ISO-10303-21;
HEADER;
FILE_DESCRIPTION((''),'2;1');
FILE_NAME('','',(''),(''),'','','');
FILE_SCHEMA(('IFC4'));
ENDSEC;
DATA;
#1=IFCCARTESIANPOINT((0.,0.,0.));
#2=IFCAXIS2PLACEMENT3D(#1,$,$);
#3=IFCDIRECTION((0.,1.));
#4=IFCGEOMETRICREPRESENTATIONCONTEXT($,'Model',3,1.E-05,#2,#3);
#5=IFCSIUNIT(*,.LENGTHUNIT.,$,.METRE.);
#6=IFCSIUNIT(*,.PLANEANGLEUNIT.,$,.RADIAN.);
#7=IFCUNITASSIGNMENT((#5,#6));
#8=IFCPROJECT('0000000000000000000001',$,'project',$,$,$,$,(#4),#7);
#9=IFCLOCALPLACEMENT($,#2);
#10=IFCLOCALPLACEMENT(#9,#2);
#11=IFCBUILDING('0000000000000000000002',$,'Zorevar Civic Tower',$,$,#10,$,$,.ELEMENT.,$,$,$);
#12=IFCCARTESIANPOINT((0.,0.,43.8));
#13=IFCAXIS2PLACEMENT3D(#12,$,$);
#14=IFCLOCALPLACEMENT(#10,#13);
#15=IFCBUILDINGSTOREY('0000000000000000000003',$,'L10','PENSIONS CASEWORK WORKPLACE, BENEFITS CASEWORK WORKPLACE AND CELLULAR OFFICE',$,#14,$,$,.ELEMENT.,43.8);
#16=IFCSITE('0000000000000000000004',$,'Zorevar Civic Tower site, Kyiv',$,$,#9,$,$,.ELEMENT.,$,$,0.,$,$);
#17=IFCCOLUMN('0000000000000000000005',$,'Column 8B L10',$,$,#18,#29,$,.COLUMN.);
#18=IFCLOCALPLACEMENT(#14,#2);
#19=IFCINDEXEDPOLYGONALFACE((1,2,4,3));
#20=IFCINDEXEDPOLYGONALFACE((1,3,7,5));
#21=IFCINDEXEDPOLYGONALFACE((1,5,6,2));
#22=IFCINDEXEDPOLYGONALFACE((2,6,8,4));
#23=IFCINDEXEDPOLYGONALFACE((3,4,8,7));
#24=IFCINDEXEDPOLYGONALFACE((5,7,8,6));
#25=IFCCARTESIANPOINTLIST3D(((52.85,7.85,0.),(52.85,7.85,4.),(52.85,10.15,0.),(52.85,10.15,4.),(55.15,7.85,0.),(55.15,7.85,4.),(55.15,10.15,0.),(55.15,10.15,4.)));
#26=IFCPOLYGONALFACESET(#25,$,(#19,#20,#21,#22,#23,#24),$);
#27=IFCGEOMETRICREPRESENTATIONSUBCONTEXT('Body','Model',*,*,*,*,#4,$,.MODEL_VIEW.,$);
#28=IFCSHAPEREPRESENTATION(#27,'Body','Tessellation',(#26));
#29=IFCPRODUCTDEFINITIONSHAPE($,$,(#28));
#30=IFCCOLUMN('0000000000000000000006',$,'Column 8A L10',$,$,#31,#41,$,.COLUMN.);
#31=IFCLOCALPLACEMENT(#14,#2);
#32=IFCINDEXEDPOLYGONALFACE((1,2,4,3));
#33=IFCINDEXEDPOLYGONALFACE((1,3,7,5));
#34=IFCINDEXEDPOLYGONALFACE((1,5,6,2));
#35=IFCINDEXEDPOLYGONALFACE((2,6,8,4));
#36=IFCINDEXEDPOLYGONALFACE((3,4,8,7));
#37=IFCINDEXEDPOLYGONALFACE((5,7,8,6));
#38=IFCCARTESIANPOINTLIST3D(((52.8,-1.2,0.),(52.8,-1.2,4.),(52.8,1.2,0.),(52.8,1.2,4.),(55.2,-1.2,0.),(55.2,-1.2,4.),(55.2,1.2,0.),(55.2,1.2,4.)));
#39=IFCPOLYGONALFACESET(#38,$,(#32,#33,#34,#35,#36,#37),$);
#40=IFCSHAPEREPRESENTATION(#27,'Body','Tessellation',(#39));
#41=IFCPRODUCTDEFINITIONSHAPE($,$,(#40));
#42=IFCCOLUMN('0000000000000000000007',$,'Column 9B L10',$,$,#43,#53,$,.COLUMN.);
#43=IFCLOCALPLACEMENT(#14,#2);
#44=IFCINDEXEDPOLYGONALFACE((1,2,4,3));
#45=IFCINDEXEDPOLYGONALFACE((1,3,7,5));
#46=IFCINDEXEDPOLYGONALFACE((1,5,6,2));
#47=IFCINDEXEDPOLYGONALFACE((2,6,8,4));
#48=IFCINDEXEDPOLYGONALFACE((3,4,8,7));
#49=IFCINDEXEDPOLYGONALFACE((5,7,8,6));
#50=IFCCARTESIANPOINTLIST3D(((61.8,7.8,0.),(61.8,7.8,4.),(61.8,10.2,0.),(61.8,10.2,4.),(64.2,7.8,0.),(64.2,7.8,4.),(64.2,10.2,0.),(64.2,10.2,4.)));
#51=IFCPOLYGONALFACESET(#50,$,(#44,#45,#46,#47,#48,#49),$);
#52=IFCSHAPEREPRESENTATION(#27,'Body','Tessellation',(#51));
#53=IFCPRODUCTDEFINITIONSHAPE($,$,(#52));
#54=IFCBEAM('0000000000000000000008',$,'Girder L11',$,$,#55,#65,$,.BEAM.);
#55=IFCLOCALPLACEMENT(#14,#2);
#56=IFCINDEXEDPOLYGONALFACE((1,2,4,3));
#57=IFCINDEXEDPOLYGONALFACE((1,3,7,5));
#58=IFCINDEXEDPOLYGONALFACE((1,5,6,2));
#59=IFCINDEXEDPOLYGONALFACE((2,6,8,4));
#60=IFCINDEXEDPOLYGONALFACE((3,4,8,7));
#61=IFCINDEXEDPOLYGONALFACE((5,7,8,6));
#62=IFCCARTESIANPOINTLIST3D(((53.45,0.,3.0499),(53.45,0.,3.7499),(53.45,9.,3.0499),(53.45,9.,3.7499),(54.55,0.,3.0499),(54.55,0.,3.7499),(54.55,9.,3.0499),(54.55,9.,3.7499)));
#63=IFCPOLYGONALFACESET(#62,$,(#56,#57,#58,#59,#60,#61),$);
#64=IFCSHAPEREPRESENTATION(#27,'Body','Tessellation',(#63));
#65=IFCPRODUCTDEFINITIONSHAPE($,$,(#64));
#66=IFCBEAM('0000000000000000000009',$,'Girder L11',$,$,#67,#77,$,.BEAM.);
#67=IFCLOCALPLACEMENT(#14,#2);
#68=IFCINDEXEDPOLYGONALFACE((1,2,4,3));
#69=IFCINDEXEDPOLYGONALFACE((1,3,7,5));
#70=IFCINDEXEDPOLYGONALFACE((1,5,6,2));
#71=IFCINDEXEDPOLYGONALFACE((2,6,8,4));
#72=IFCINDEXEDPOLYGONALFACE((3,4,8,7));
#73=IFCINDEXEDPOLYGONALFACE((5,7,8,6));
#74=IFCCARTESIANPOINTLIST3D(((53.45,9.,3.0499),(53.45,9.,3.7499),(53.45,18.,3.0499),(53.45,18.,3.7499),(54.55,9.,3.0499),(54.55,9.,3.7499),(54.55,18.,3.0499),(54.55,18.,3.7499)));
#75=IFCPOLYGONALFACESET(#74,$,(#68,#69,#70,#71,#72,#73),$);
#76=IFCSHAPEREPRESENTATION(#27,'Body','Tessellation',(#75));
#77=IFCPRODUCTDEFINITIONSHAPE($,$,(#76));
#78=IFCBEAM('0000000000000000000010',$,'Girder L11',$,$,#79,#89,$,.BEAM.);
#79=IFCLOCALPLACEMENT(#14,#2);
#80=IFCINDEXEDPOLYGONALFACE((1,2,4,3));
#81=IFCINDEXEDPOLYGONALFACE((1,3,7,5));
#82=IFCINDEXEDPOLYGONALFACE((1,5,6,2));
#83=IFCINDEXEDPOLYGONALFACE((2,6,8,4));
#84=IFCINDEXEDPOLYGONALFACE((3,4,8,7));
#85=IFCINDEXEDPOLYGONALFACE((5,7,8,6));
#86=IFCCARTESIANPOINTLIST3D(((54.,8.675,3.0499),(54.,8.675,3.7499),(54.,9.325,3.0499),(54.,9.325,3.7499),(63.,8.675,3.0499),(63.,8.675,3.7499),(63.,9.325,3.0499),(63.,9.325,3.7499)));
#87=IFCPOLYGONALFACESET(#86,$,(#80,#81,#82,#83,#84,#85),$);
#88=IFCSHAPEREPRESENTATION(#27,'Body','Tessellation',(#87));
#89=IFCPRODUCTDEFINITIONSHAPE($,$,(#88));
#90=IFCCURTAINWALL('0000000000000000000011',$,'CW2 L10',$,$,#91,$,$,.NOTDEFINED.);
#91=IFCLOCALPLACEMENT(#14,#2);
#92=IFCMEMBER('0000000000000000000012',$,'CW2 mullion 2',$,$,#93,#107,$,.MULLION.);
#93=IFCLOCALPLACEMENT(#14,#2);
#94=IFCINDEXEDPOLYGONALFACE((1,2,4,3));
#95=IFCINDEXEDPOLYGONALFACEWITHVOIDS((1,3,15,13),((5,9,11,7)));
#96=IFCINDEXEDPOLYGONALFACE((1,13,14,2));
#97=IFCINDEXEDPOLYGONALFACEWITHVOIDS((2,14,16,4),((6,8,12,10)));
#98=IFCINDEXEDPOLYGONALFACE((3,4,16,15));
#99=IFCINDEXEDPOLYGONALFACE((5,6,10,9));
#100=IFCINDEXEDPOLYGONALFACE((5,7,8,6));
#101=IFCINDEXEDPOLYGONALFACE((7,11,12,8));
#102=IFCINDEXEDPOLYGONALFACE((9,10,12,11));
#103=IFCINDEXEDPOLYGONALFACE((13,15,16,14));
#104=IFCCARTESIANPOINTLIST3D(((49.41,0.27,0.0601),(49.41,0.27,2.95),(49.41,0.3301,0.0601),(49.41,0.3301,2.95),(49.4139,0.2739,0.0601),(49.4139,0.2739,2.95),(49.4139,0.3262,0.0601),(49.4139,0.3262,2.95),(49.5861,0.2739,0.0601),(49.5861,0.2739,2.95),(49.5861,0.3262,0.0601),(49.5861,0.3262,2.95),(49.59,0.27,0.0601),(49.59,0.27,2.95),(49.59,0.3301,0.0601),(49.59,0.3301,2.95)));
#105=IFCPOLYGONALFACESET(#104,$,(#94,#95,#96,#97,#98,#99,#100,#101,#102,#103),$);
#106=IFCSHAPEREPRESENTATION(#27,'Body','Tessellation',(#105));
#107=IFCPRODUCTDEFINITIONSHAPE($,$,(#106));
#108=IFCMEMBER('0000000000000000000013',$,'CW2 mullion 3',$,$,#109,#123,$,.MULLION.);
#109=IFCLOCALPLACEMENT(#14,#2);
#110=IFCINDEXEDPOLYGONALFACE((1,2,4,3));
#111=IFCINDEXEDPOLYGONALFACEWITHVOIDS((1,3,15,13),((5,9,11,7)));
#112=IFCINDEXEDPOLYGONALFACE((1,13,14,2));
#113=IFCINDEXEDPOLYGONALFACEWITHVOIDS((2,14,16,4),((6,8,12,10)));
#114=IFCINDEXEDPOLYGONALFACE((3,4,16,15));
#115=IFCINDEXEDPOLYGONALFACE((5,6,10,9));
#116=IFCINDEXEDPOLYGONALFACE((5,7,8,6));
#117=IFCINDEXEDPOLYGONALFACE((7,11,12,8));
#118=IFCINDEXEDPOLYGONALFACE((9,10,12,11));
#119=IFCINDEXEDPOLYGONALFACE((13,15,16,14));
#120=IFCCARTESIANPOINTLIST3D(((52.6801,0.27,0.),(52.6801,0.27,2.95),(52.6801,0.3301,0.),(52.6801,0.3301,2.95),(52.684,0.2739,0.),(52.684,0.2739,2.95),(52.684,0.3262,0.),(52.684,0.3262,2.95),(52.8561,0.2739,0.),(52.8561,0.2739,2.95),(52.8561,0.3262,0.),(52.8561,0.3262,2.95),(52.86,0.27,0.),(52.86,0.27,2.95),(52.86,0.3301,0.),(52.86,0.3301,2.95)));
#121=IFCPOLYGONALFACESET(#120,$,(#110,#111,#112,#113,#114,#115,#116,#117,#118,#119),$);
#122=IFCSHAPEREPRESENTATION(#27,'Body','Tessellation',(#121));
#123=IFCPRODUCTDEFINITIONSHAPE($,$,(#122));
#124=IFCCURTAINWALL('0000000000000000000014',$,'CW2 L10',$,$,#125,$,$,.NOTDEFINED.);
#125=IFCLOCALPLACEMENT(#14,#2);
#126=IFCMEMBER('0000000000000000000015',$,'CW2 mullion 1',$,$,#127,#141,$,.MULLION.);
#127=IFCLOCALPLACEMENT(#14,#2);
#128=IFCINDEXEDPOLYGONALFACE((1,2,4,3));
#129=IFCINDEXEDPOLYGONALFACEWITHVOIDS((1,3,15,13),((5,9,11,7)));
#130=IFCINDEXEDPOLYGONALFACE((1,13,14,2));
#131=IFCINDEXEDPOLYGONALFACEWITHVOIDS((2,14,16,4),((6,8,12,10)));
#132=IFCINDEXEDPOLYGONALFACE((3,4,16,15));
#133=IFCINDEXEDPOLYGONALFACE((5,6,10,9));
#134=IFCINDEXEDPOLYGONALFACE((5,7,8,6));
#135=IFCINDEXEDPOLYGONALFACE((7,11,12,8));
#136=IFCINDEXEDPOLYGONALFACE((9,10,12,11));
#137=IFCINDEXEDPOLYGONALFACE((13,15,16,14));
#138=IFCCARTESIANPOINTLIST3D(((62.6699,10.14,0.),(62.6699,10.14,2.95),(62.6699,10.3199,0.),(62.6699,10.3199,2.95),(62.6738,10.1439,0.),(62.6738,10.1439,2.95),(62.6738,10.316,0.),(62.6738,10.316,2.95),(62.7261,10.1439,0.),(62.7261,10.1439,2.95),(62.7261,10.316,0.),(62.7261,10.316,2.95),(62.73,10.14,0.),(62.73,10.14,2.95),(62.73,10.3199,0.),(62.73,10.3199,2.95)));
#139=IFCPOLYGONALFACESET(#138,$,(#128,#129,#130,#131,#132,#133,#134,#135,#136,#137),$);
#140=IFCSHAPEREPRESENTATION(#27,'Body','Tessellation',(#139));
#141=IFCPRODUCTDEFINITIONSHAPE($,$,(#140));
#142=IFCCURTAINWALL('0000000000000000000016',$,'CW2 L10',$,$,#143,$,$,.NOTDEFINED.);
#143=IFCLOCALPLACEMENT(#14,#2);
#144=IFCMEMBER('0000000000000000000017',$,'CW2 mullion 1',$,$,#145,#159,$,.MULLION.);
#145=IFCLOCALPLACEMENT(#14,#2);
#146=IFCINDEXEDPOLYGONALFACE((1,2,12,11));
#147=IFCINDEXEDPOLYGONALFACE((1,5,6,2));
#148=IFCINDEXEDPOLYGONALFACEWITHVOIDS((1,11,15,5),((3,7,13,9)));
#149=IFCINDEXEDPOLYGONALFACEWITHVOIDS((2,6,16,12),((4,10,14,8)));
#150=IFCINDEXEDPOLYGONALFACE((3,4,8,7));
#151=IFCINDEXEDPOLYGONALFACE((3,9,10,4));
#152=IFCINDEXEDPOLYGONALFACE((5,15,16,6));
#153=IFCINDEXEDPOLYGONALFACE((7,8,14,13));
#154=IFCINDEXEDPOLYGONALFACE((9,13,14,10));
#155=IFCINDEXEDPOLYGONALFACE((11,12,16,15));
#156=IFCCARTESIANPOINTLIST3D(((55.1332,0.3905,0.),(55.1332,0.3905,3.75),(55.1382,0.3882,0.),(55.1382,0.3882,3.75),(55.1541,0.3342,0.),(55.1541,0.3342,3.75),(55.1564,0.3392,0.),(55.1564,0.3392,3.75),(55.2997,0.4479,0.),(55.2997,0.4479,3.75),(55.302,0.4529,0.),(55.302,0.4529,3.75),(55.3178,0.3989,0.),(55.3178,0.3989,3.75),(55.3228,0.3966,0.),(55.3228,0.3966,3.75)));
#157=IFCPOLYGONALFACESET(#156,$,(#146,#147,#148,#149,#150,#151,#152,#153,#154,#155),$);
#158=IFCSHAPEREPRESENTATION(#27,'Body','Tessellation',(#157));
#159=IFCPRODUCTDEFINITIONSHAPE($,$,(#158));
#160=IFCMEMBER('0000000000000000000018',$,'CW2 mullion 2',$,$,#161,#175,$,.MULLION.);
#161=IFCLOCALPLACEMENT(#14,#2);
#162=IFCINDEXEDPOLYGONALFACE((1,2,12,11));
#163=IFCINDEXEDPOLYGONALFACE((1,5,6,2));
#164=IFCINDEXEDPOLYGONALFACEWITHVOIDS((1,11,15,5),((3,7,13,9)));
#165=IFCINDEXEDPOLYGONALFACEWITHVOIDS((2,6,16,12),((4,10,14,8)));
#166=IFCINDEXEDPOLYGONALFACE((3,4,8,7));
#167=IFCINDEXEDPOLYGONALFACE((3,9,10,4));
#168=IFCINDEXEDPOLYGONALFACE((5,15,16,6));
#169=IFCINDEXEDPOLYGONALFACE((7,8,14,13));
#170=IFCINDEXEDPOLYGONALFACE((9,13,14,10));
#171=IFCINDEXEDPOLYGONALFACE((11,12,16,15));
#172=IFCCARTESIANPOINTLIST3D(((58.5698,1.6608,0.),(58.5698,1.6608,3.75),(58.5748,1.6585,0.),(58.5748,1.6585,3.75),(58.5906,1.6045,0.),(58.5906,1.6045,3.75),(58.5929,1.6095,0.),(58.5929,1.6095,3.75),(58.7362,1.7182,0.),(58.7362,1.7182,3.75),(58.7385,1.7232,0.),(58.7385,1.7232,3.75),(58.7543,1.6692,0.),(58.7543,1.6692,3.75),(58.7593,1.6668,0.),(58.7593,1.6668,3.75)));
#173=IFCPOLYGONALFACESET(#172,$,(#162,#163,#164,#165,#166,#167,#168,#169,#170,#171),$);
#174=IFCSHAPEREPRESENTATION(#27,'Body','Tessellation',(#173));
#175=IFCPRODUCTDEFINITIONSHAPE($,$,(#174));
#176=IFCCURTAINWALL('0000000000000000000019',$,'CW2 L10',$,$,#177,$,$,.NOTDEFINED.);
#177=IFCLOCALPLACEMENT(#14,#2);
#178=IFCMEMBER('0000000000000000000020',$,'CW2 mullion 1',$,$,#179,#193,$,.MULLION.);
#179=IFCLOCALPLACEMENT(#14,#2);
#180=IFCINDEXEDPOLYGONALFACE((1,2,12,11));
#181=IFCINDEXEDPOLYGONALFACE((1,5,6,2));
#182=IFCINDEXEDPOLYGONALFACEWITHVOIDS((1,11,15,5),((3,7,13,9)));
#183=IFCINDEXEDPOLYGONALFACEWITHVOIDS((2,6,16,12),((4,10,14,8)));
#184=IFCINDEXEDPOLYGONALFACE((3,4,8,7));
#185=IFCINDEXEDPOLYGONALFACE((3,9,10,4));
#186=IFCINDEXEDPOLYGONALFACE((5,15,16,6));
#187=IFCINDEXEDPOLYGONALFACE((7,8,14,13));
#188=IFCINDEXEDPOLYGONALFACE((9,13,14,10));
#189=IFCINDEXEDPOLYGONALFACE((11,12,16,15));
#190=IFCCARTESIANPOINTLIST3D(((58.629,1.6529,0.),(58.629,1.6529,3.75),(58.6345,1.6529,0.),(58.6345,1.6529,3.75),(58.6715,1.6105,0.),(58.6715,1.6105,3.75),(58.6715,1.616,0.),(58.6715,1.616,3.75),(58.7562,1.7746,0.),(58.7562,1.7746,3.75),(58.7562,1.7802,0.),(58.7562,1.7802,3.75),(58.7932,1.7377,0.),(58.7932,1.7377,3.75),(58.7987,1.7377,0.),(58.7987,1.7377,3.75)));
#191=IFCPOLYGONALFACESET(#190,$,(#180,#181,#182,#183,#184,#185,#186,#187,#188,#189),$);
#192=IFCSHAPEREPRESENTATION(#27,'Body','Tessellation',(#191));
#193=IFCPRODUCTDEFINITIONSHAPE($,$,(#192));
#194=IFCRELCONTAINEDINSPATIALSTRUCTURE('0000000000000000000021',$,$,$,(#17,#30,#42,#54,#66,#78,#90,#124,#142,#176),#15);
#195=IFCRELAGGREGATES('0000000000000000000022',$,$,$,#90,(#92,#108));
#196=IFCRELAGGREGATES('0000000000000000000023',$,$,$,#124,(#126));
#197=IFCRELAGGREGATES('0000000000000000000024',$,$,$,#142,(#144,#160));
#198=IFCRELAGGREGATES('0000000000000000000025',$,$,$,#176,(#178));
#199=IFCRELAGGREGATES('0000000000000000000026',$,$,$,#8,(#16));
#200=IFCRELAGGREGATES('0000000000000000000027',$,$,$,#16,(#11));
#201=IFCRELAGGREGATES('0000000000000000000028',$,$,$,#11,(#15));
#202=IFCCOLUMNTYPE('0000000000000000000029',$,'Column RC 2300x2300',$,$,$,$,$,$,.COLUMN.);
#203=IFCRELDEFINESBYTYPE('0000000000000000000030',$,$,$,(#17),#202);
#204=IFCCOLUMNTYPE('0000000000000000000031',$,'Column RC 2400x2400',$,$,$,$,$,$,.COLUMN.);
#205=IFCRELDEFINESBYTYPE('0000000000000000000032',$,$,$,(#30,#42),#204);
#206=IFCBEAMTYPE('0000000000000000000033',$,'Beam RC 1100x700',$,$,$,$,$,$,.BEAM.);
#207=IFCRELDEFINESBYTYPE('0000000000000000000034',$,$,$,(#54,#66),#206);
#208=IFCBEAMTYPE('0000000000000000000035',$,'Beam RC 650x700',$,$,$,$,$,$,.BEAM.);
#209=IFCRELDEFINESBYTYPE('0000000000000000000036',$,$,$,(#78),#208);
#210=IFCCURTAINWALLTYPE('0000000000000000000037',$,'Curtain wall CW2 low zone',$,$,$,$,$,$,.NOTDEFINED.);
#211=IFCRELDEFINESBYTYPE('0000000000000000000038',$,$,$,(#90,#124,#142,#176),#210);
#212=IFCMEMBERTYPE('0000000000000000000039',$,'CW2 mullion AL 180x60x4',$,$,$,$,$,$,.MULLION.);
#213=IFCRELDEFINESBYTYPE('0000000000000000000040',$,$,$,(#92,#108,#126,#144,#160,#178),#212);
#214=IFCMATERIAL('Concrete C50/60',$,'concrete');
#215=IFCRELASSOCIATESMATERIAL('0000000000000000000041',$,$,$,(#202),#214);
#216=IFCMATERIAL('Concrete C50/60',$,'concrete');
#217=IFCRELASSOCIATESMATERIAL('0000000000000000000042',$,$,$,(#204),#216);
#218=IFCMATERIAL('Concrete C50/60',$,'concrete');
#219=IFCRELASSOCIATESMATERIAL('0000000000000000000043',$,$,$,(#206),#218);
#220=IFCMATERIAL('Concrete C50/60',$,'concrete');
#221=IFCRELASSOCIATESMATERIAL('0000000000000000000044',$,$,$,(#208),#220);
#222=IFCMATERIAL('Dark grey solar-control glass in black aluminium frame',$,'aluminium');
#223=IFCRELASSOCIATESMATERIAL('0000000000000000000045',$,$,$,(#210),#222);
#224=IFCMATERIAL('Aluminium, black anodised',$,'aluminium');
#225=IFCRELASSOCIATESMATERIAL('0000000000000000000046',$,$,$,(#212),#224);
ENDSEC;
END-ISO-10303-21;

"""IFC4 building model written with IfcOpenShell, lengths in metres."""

from ifc_helpers import new_model, si_unit, direction, frame, origin, origin_2d, place, context, subcontext, project, spatial, rectangle, hollow_rectangle, extrude, material, material_profile, profile_set, type_object, element, aggregate, save


model = new_model("IFC4")

# Units and contexts
model_context = context("Model", 3, precision=1e-05, world=origin(), true_north=direction((0.0, 1.0)))
body_context = subcontext(model_context, "Body", "Model", "MODEL_VIEW")
ifc_project = project(units=[si_unit("LENGTHUNIT", "METRE"), si_unit("PLANEANGLEUNIT", "RADIAN")], contexts=[model_context])

# Site, building, storey
site_placement = place(None, origin())
site = spatial("IfcSite", under=ifc_project, at=site_placement, Name="Zorevar Civic Tower site, Kyiv", CompositionType="ELEMENT", RefElevation=0.0)
building_placement = place(site_placement, origin())
building = spatial("IfcBuilding", under=site, at=building_placement, Name="Zorevar Civic Tower", CompositionType="ELEMENT")
storey_placement = place(building_placement, frame((0.0, 0.0, 43.8)))
storey = spatial("IfcBuildingStorey", under=building, at=storey_placement, Name="L10", Description="PENSIONS CASEWORK WORKPLACE, BENEFITS CASEWORK WORKPLACE AND CELLULAR OFFICE", CompositionType="ELEMENT", Elevation=43.8)

# Columns
ifc_material_1 = material(Name="Concrete C50/60", Category="concrete")
ifc_material_profile_1 = material_profile(ifc_material_1, rectangle(XDim=2.3, YDim=2.3, at=origin_2d()), Name="RC 2300x2300")
ifc_profile_set_1 = profile_set([ifc_material_profile_1], Name="Concrete C50/60")
column_type_1 = type_object("IfcColumnType", Name="Column RC 2300x2300", PredefinedType="COLUMN", material=ifc_profile_set_1)
column_placement = place(storey_placement, frame((54.0, 9.0, 0.0), z_axis=(0.0, 0.0, 1.0), x_axis=(1.0, 0.0, 0.0)))
element("IfcColumn", 1, at=column_placement, inside=storey, type_object=column_type_1, Name="Column 8B L10", PredefinedType="COLUMN", context=body_context, shape_type="SweptSolid", body=[
    extrude(rectangle(XDim=2.3, YDim=2.3, at=origin_2d()), origin(), (0.0, 0.0, 1.0), 4.0),
])
ifc_material_2 = material(Name="Concrete C50/60", Category="concrete")
ifc_material_profile_2 = material_profile(ifc_material_2, rectangle(XDim=2.3999, YDim=2.3999, at=origin_2d()), Name="RC 2400x2400")
ifc_profile_set_2 = profile_set([ifc_material_profile_2], Name="Concrete C50/60")
column_type_2 = type_object("IfcColumnType", Name="Column RC 2400x2400", PredefinedType="COLUMN", material=ifc_profile_set_2)
for number, where, z_axis, x_axis, name in (
    (2, (54.0, 0.0, 0.0), (0.0, 0.0, 1.0), (1.0, 0.0, 0.0), "Column 8A L10"),
    (3, (63.0, 9.0, 0.0), (0.0, 0.0, 1.0), (1.0, 0.0, 0.0), "Column 9B L10"),
):
    element("IfcColumn", number, at=place(storey_placement, frame(where, z_axis=z_axis, x_axis=x_axis)), inside=storey, type_object=column_type_2, Name=name, PredefinedType="COLUMN", context=body_context, shape_type="SweptSolid", body=[
        extrude(rectangle(XDim=2.3999, YDim=2.3999, at=origin_2d()), origin(), (0.0, 0.0, 1.0), 4.0),
    ])

# Beams
ifc_material_3 = material(Name="Concrete C50/60", Category="concrete")
ifc_material_profile_3 = material_profile(ifc_material_3, rectangle(XDim=1.1001, YDim=0.7, at=origin_2d()), Name="RC 1100x700")
ifc_profile_set_3 = profile_set([ifc_material_profile_3], Name="Concrete C50/60")
beam_type_1 = type_object("IfcBeamType", Name="Beam RC 1100x700", PredefinedType="BEAM", material=ifc_profile_set_3)
for number, where, z_axis, x_axis, name in (
    (4, (54.0, 0.0, 3.3999), (0.0, 1.0, 0.0), (-1.0, 0.0, 0.0), "Girder L11"),
    (5, (54.0, 9.0, 3.3999), (0.0, 1.0, 0.0), (-1.0, 0.0, 0.0), "Girder L11"),
):
    element("IfcBeam", number, at=place(storey_placement, frame(where, z_axis=z_axis, x_axis=x_axis)), inside=storey, type_object=beam_type_1, Name=name, PredefinedType="BEAM", context=body_context, shape_type="SweptSolid", body=[
        extrude(rectangle(XDim=1.1001, YDim=0.7, at=origin_2d()), origin(), (0.0, 0.0, 1.0), 9.0),
    ])
ifc_material_4 = material(Name="Concrete C50/60", Category="concrete")
ifc_material_profile_4 = material_profile(ifc_material_4, rectangle(XDim=0.6499, YDim=0.7, at=origin_2d()), Name="RC 650x700")
ifc_profile_set_4 = profile_set([ifc_material_profile_4], Name="Concrete C50/60")
beam_type_2 = type_object("IfcBeamType", Name="Beam RC 650x700", PredefinedType="BEAM", material=ifc_profile_set_4)
beam_1_placement = place(storey_placement, frame((54.0, 9.0, 3.3999), z_axis=(1.0, 0.0, 0.0), x_axis=(0.0, 1.0, 0.0)))
element("IfcBeam", 6, at=beam_1_placement, inside=storey, type_object=beam_type_2, Name="Girder L11", PredefinedType="BEAM", context=body_context, shape_type="SweptSolid", body=[
    extrude(rectangle(XDim=0.6499, YDim=0.7, at=origin_2d()), origin(), (0.0, 0.0, 1.0), 9.0),
])

# Curtain wall, members
ifc_material_5 = material(Name="Dark grey solar-control glass in black aluminium frame", Category="aluminium")
curtain_wall_type = type_object("IfcCurtainWallType", Name="Curtain wall CW2 low zone", PredefinedType="NOTDEFINED", material=ifc_material_5)
curtain_wall_1_placement = place(storey_placement, origin())
curtain_wall_1 = element("IfcCurtainWall", 7, at=curtain_wall_1_placement, inside=storey, type_object=curtain_wall_type, Name="CW2 L10", PredefinedType="NOTDEFINED")
ifc_material_6 = material(Name="Aluminium, black anodised", Category="aluminium")
ifc_material_profile_5 = material_profile(ifc_material_6, hollow_rectangle(XDim=0.0601, YDim=0.1799, WallThickness=0.0039, at=origin_2d()), Name="AL 180x60x4")
ifc_profile_set_5 = profile_set([ifc_material_profile_5], Name="Aluminium, black anodised")
member_type_1 = type_object("IfcMemberType", Name="CW2 mullion AL 180x60x4", PredefinedType="MULLION", material=ifc_profile_set_5)
member_1_placement = place(storey_placement, frame((49.5, 0.3, 0.0601), z_axis=(0.0, 0.0, 1.0), x_axis=(0.0, 1.0, 0.0)))
member_1 = element("IfcMember", 8, at=member_1_placement, type_object=member_type_1, Name="CW2 mullion 2", PredefinedType="MULLION", context=body_context, shape_type="SweptSolid", body=[
    extrude(hollow_rectangle(XDim=0.0601, YDim=0.1799, WallThickness=0.0039, at=origin_2d()), origin(), (0.0, 0.0, 1.0), 2.8899),
])
member_2_placement = place(storey_placement, frame((52.77, 0.3, 0.0), z_axis=(0.0, 0.0, 1.0), x_axis=(0.0, 1.0, 0.0)))
member_2 = element("IfcMember", 9, at=member_2_placement, type_object=member_type_1, Name="CW2 mullion 3", PredefinedType="MULLION", context=body_context, shape_type="SweptSolid", body=[
    extrude(hollow_rectangle(XDim=0.0601, YDim=0.1799, WallThickness=0.0039, at=origin_2d()), origin(), (0.0, 0.0, 1.0), 2.95),
])

# Curtain wall, member
curtain_wall_2_placement = place(storey_placement, origin())
curtain_wall_2 = element("IfcCurtainWall", 10, at=curtain_wall_2_placement, inside=storey, type_object=curtain_wall_type, Name="CW2 L10", PredefinedType="NOTDEFINED")
member_3_placement = place(storey_placement, frame((62.7, 10.23, 0.0), z_axis=(0.0, 0.0, 1.0), x_axis=(-1.0, 0.0, 0.0)))
member_3 = element("IfcMember", 11, at=member_3_placement, type_object=member_type_1, Name="CW2 mullion 1", PredefinedType="MULLION", context=body_context, shape_type="SweptSolid", body=[
    extrude(hollow_rectangle(XDim=0.0601, YDim=0.1799, WallThickness=0.0039, at=origin_2d()), origin(), (0.0, 0.0, 1.0), 2.95),
])

# Curtain walls, members
curtain_wall_3_placement = place(storey_placement, origin())
curtain_wall_3 = element("IfcCurtainWall", 12, at=curtain_wall_3_placement, inside=storey, type_object=curtain_wall_type, Name="CW2 L10", PredefinedType="NOTDEFINED")
member_4_placement = place(storey_placement, frame((55.228, 0.3936, 0.0), z_axis=(0.0, 0.0, 1.0), x_axis=(-0.346704, 0.937975, 0.0)))
member_4 = element("IfcMember", 13, at=member_4_placement, type_object=member_type_1, Name="CW2 mullion 1", PredefinedType="MULLION", context=body_context, shape_type="SweptSolid", body=[
    extrude(hollow_rectangle(XDim=0.0601, YDim=0.1799, WallThickness=0.0039, at=origin_2d()), origin(), (0.0, 0.0, 1.0), 3.75),
])
member_5_placement = place(storey_placement, frame((58.6646, 1.6638, 0.0), z_axis=(0.0, 0.0, 1.0), x_axis=(-0.346704, 0.937975, 0.0)))
member_5 = element("IfcMember", 14, at=member_5_placement, type_object=member_type_1, Name="CW2 mullion 2", PredefinedType="MULLION", context=body_context, shape_type="SweptSolid", body=[
    extrude(hollow_rectangle(XDim=0.0601, YDim=0.1799, WallThickness=0.0039, at=origin_2d()), origin(), (0.0, 0.0, 1.0), 3.75),
])
curtain_wall_4_placement = place(storey_placement, origin())
curtain_wall_4 = element("IfcCurtainWall", 15, at=curtain_wall_4_placement, inside=storey, type_object=curtain_wall_type, Name="CW2 L10", PredefinedType="NOTDEFINED")
member_6_placement = place(storey_placement, frame((58.7139, 1.6953, 0.0), z_axis=(0.0, 0.0, 1.0), x_axis=(-0.707107, 0.707107, 0.0)))
member_6 = element("IfcMember", 16, at=member_6_placement, type_object=member_type_1, Name="CW2 mullion 1", PredefinedType="MULLION", context=body_context, shape_type="SweptSolid", body=[
    extrude(hollow_rectangle(XDim=0.0601, YDim=0.1799, WallThickness=0.0039, at=origin_2d()), origin(), (0.0, 0.0, 1.0), 3.75),
])

aggregate(curtain_wall_1, [member_1, member_2])
aggregate(curtain_wall_2, [member_3])
aggregate(curtain_wall_3, [member_4, member_5])
aggregate(curtain_wall_4, [member_6])

save(model, "model.ifc")
